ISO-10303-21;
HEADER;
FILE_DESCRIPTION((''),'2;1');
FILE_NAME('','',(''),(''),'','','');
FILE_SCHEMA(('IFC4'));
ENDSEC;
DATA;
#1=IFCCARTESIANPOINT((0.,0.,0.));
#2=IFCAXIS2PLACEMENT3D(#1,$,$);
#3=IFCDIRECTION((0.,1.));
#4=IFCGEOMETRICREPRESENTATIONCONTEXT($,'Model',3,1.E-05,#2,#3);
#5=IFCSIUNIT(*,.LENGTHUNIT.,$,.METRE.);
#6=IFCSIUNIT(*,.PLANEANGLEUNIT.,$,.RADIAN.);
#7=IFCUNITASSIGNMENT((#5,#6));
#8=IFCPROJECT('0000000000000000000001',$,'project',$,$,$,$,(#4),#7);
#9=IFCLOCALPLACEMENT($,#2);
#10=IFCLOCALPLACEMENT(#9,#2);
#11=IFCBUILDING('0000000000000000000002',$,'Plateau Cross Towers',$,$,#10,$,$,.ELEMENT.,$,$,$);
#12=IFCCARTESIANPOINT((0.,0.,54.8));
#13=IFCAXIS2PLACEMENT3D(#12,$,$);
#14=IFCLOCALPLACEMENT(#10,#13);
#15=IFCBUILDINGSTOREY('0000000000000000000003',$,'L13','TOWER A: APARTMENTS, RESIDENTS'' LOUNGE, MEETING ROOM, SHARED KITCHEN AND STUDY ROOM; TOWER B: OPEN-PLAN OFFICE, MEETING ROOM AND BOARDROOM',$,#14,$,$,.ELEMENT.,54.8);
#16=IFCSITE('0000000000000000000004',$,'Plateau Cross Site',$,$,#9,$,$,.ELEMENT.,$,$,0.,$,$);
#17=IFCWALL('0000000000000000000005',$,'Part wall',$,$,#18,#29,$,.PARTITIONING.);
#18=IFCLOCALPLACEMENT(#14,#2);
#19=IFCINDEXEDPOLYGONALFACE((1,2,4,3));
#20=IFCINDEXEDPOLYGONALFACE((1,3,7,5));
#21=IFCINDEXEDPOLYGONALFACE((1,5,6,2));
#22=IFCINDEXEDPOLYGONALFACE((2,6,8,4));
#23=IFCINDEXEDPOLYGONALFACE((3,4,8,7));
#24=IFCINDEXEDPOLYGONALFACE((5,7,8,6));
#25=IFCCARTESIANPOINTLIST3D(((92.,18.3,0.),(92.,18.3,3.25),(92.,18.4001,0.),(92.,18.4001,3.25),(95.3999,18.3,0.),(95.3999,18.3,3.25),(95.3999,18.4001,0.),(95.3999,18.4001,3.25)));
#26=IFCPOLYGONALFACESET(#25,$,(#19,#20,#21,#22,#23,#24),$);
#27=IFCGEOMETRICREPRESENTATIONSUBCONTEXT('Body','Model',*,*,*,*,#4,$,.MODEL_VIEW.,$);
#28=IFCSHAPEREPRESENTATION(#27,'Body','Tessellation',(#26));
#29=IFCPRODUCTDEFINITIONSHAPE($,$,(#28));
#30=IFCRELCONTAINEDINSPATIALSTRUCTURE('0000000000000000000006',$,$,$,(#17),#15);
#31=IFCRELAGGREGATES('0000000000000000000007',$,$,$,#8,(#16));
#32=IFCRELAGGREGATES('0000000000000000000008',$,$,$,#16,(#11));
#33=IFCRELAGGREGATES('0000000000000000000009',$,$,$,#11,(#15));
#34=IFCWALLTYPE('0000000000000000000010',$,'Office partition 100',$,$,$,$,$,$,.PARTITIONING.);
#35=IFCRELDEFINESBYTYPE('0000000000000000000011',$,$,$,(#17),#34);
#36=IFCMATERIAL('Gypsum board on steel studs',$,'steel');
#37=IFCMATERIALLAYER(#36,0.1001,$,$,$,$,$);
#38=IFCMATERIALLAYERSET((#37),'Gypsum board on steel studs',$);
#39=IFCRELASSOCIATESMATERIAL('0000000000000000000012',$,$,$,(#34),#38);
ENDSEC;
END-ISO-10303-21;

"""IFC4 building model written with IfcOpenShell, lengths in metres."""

from ifc_helpers import new_model, si_unit, direction, frame, frame_2d, origin, place, context, subcontext, project, spatial, rectangle, extrude, material, layer, layer_set, type_object, element, save


model = new_model("IFC4")

# Units and contexts
model_context = context("Model", 3, precision=1e-05, world=origin(), true_north=direction((0.0, 1.0)))
body_context = subcontext(model_context, "Body", "Model", "MODEL_VIEW")
ifc_project = project(units=[si_unit("LENGTHUNIT", "METRE"), si_unit("PLANEANGLEUNIT", "RADIAN")], contexts=[model_context])

# Site, building, storey
site_placement = place(None, origin())
site = spatial("IfcSite", under=ifc_project, at=site_placement, Name="Plateau Cross Site", CompositionType="ELEMENT", RefElevation=0.0)
building_placement = place(site_placement, origin())
building = spatial("IfcBuilding", under=site, at=building_placement, Name="Plateau Cross Towers", CompositionType="ELEMENT")
storey_placement = place(building_placement, frame((0.0, 0.0, 54.8)))
storey = spatial("IfcBuildingStorey", under=building, at=storey_placement, Name="L13", Description="TOWER A: APARTMENTS, RESIDENTS' LOUNGE, MEETING ROOM, SHARED KITCHEN AND STUDY ROOM; TOWER B: OPEN-PLAN OFFICE, MEETING ROOM AND BOARDROOM", CompositionType="ELEMENT", Elevation=54.8)

# Wall
ifc_material_1 = material(Name="Gypsum board on steel studs", Category="steel")
ifc_layer_1 = layer(ifc_material_1, 0.1001)
ifc_layer_set_1 = layer_set([ifc_layer_1], Name="Gypsum board on steel studs")
wall_type_1 = type_object("IfcWallType", Name="Office partition 100", PredefinedType="PARTITIONING", material=ifc_layer_set_1)
wall_1_placement = place(storey_placement, frame((92.0, 18.3501, 0.0), z_axis=(0.0, 0.0, 1.0), x_axis=(1.0, 0.0, 0.0)))
element("IfcWall", 1, at=wall_1_placement, inside=storey, type_object=wall_type_1, Name="Part wall", PredefinedType="PARTITIONING", context=body_context, shape_type="SweptSolid", body=[
    extrude(rectangle(XDim=3.3999, YDim=0.1001, at=frame_2d((1.7, 0.0))), origin(), (0.0, 0.0, 1.0), 3.25),
])

save(model, "model.ifc")
